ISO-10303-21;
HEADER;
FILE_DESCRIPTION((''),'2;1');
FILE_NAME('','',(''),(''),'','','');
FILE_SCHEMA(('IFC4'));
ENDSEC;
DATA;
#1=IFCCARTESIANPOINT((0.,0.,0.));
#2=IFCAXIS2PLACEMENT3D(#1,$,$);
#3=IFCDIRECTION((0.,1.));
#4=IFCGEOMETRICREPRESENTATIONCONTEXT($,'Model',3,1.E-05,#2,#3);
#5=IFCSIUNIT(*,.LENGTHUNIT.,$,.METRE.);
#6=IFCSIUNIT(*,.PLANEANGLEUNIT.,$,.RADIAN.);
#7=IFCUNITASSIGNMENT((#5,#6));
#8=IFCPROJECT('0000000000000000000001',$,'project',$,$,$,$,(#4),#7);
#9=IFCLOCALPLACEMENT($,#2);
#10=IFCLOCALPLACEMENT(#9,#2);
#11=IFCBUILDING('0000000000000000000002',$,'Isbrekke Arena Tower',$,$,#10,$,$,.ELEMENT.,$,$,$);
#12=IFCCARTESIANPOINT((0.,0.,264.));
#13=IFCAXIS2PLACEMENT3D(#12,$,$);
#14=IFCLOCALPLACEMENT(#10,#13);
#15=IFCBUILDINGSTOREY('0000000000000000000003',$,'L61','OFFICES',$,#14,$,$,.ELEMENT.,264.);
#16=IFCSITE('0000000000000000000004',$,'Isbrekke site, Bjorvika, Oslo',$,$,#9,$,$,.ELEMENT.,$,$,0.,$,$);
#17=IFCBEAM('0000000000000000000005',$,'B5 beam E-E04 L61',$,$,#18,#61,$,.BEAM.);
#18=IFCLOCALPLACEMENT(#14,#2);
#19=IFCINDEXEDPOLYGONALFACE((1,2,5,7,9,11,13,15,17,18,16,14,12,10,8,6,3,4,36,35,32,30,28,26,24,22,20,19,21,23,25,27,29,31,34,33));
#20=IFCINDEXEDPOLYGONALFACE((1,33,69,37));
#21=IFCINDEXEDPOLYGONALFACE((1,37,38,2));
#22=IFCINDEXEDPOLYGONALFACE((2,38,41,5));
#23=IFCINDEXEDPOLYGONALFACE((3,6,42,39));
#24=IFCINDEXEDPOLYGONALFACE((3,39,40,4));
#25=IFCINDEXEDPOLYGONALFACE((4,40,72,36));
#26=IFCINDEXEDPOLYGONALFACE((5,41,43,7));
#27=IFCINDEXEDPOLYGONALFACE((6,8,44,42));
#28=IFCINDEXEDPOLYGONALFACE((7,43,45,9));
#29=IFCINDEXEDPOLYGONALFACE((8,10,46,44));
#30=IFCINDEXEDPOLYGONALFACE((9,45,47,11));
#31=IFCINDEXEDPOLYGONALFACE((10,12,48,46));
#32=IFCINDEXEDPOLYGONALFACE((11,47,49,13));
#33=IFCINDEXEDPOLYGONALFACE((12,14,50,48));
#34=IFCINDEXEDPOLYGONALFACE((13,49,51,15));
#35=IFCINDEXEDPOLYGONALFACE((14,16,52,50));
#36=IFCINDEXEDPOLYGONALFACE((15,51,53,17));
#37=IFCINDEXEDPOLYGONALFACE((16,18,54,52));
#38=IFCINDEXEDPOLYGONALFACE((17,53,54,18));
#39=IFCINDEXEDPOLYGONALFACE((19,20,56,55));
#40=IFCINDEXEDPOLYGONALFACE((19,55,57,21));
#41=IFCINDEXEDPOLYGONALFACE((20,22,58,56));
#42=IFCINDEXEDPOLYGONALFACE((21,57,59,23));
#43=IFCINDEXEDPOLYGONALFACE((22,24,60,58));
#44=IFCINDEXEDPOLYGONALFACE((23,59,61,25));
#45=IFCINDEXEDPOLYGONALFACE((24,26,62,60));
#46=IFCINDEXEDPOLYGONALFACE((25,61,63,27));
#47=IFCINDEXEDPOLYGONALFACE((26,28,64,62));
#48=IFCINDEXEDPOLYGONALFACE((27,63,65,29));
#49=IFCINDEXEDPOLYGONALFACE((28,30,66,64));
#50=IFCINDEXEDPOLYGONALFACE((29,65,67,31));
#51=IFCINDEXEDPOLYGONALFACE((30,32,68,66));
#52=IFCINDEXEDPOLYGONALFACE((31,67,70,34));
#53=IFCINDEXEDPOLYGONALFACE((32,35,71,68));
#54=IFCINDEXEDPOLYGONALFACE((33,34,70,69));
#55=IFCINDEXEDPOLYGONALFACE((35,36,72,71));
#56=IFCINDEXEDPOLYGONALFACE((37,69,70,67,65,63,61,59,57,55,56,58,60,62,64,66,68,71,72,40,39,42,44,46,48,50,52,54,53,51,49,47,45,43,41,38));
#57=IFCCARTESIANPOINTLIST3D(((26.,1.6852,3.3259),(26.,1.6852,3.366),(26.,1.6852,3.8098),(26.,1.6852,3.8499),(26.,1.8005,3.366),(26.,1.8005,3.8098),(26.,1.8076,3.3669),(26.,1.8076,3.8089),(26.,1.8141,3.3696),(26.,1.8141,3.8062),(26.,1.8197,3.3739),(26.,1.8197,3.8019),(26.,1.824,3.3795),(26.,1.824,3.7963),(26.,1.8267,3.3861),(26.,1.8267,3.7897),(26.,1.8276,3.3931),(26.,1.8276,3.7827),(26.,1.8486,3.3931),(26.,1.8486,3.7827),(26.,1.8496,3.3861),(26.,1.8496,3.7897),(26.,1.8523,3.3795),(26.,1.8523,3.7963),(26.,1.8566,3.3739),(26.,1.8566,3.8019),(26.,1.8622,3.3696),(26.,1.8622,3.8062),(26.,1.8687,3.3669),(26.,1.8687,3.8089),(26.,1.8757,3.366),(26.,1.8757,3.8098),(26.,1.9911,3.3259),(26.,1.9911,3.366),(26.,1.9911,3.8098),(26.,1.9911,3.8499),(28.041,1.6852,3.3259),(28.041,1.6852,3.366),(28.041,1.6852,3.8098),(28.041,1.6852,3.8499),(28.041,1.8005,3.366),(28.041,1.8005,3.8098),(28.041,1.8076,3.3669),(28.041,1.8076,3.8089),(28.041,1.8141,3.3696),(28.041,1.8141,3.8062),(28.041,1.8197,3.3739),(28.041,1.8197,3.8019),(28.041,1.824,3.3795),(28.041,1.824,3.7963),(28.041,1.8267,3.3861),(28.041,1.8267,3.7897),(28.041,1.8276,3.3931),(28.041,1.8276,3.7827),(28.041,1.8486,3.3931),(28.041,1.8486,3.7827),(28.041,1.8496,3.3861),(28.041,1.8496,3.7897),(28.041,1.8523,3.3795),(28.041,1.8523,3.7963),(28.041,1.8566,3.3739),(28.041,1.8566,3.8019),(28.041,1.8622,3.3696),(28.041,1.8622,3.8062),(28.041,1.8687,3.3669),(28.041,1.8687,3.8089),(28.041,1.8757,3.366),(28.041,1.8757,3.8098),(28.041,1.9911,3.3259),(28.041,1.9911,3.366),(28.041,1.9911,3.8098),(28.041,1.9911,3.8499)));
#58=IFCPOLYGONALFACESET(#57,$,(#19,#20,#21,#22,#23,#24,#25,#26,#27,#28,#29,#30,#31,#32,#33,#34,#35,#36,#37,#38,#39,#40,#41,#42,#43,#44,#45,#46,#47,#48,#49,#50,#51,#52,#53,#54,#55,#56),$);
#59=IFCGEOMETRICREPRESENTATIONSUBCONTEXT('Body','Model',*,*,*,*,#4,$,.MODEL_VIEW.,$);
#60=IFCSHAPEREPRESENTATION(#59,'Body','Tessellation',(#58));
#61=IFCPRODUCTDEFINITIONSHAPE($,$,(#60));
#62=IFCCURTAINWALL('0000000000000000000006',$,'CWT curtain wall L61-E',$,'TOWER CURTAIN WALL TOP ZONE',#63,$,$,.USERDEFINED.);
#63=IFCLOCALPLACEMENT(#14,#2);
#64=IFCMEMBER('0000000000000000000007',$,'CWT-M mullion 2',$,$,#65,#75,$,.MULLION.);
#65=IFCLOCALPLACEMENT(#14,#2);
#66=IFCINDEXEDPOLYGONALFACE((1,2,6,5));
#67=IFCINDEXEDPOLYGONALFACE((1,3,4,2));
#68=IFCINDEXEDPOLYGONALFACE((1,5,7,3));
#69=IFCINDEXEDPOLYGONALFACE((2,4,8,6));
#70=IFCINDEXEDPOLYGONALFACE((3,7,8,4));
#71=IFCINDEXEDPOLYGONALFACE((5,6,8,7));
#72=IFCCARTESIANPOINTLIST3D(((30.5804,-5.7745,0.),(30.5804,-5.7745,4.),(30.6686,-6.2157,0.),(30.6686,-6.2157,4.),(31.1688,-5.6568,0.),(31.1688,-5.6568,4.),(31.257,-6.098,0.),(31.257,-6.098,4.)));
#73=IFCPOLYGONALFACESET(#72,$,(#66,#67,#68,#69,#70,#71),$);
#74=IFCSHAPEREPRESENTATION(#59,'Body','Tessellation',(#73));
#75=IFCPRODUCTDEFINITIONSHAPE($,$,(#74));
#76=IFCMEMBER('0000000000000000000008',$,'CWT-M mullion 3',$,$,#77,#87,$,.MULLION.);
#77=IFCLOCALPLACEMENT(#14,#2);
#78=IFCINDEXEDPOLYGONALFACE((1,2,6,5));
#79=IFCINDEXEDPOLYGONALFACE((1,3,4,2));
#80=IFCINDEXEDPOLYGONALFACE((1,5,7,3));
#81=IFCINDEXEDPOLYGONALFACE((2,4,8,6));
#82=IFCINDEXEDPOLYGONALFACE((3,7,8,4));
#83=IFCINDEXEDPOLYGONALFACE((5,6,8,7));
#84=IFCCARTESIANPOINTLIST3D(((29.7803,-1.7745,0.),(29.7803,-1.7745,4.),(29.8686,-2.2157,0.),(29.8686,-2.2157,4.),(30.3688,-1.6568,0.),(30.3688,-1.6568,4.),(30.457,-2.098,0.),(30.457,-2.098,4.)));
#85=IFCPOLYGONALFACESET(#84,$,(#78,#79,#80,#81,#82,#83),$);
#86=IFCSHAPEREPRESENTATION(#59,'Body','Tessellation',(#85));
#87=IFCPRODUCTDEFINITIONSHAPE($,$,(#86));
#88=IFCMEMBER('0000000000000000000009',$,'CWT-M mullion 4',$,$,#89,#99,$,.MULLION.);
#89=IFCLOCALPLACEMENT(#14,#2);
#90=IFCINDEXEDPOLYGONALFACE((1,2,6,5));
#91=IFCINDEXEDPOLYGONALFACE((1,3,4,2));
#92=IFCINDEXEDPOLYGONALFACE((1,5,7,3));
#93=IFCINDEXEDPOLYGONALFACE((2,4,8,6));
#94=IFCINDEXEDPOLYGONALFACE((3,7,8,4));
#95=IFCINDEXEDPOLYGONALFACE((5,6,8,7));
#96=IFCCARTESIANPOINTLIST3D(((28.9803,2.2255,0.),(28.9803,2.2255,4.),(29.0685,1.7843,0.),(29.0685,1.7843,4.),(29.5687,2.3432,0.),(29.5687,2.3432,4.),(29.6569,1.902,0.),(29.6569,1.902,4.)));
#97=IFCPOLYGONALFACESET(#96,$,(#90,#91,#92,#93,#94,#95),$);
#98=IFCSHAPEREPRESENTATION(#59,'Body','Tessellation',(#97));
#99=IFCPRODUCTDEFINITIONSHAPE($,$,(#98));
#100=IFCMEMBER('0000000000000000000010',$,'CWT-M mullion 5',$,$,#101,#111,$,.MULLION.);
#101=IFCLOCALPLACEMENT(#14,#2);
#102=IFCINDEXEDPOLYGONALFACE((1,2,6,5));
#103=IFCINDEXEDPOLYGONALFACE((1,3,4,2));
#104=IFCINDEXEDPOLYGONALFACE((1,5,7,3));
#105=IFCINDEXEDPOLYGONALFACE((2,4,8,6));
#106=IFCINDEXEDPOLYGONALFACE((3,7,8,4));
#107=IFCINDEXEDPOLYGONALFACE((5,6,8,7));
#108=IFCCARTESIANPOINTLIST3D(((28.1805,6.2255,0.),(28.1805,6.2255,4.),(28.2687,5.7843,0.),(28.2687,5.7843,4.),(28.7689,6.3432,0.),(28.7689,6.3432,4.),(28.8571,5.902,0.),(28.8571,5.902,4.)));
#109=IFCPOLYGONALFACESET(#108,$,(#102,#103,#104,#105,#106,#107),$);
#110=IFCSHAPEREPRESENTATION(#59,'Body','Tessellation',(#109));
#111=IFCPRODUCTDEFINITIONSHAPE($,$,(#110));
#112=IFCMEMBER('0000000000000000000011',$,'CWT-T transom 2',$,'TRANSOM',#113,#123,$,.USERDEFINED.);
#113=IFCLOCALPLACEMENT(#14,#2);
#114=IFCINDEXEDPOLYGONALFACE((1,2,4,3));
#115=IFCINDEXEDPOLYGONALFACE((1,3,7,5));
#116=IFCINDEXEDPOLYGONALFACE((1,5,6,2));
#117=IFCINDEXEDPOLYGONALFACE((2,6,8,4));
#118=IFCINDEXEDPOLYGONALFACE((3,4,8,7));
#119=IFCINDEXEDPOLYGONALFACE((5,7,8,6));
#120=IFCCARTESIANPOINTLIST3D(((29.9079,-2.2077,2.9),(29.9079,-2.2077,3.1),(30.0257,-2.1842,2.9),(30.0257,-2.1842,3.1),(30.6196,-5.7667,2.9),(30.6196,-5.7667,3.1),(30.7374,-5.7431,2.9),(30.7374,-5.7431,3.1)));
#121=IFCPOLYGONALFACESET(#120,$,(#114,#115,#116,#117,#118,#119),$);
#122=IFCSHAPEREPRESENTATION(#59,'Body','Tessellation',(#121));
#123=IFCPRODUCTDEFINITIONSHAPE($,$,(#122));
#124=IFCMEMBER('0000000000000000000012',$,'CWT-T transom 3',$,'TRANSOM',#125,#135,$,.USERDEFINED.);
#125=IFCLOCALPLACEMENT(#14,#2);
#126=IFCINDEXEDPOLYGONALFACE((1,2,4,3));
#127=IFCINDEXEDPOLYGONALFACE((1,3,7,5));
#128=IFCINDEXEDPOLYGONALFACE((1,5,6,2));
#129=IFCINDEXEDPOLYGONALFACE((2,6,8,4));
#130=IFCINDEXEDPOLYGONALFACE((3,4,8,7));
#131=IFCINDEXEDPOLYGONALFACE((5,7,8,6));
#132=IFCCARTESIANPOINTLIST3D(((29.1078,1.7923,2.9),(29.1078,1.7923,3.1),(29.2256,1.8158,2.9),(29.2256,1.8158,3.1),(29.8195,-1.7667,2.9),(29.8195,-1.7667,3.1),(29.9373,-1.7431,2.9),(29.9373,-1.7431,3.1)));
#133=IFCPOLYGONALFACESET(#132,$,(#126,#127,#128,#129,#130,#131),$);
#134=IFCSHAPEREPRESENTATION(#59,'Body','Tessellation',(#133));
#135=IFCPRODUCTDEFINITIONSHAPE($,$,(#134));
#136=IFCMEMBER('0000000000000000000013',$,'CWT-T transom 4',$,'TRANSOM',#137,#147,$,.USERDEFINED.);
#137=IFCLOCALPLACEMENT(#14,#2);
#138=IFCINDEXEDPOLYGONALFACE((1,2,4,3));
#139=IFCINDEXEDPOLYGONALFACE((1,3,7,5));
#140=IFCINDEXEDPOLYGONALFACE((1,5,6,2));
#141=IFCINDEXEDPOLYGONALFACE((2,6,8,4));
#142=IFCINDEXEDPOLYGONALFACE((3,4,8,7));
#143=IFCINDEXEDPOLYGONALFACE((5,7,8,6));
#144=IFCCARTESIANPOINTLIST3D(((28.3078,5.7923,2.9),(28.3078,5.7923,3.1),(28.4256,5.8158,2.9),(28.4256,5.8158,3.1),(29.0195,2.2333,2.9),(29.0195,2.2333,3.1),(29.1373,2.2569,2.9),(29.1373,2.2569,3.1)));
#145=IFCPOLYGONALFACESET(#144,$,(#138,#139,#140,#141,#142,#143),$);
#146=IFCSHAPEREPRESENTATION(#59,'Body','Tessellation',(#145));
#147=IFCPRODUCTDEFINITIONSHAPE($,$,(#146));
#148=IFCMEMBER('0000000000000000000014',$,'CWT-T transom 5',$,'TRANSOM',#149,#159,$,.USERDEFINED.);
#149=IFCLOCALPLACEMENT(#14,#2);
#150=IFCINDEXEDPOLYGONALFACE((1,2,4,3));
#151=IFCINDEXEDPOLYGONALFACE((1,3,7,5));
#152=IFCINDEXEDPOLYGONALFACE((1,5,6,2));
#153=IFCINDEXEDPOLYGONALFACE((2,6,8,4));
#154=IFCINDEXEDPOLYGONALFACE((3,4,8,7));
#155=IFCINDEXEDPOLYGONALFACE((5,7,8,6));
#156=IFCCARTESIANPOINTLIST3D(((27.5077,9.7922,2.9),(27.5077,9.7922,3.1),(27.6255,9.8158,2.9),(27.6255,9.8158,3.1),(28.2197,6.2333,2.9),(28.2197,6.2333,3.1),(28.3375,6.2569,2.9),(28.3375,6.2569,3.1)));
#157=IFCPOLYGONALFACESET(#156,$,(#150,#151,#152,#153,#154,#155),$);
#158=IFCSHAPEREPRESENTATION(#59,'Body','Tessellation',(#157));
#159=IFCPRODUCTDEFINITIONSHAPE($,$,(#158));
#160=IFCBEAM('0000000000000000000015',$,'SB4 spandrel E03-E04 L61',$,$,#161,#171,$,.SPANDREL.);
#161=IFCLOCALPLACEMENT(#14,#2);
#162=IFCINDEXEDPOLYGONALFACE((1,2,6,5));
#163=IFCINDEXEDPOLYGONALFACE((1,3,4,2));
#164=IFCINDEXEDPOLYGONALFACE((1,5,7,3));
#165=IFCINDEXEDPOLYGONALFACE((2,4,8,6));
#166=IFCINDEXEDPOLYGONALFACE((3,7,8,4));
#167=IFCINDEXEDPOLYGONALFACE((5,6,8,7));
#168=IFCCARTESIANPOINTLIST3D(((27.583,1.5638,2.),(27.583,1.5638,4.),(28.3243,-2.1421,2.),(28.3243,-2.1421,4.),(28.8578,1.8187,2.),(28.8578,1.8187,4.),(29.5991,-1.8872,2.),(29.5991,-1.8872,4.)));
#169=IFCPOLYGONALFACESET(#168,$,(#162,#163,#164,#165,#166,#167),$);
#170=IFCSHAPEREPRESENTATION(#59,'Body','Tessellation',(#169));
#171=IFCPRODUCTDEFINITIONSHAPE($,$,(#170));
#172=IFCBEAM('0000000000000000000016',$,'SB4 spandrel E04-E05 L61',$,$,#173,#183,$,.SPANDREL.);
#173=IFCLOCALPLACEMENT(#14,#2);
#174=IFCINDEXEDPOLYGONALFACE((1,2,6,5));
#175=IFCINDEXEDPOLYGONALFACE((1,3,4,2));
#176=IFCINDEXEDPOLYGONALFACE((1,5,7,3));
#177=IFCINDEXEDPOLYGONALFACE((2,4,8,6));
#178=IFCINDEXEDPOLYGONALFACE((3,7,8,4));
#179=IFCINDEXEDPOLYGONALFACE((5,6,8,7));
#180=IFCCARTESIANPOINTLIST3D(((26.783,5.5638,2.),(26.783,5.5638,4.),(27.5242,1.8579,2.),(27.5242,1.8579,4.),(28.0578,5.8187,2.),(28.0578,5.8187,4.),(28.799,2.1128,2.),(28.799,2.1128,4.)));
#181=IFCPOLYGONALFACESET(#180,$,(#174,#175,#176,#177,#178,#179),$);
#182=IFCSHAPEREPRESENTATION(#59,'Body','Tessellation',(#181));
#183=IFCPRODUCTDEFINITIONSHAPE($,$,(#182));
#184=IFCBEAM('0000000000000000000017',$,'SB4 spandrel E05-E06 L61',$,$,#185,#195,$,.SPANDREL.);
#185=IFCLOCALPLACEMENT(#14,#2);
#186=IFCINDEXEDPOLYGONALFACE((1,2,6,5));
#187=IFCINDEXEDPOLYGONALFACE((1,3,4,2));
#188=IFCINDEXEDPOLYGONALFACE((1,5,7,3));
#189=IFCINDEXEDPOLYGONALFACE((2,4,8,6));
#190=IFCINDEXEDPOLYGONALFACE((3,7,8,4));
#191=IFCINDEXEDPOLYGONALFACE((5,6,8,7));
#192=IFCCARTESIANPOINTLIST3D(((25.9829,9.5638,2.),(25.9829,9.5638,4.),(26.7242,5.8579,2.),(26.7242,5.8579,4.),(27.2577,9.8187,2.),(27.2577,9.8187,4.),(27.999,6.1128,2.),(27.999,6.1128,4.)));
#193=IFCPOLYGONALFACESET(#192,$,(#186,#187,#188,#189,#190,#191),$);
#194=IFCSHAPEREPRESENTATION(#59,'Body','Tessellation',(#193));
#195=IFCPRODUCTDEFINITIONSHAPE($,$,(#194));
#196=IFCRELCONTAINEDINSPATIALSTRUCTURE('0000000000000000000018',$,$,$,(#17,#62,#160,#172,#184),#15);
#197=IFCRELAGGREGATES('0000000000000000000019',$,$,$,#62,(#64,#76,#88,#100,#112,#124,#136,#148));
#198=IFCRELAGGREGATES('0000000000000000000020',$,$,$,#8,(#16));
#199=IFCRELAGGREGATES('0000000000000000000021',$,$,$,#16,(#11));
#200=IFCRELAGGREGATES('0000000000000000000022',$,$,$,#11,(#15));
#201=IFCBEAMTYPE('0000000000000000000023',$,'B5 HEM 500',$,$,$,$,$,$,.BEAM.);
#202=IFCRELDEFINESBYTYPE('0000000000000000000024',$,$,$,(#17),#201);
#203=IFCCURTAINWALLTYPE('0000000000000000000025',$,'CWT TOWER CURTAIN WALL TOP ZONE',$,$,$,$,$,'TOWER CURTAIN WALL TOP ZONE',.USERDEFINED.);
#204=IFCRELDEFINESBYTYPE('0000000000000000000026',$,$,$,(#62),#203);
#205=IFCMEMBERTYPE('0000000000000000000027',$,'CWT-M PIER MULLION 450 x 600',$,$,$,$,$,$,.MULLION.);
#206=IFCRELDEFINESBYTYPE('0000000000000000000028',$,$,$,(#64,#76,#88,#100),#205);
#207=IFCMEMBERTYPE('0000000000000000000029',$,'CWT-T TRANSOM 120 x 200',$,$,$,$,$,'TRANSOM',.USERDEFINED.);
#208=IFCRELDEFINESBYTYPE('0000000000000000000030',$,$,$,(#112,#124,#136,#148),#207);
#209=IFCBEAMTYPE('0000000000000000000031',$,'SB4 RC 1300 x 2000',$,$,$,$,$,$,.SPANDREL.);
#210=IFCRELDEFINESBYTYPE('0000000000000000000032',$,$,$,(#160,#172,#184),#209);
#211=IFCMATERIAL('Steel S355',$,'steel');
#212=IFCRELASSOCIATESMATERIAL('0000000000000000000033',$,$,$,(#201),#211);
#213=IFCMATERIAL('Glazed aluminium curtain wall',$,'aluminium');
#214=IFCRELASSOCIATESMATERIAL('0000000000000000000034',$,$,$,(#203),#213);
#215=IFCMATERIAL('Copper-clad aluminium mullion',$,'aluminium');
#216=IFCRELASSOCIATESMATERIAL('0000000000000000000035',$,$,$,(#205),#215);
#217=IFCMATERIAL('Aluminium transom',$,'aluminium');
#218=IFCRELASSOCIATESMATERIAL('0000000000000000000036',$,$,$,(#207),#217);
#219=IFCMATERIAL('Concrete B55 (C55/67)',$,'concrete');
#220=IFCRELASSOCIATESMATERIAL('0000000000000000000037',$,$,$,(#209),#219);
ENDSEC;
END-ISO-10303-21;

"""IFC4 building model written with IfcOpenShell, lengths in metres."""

from ifc_helpers import new_model, si_unit, direction, frame, origin, origin_2d, place, context, subcontext, project, spatial, rectangle, i_section, extrude, material, material_profile, profile_set, type_object, element, aggregate, save


model = new_model("IFC4")

# Units and contexts
model_context = context("Model", 3, precision=1e-05, world=origin(), true_north=direction((0.0, 1.0)))
body_context = subcontext(model_context, "Body", "Model", "MODEL_VIEW")
ifc_project = project(units=[si_unit("LENGTHUNIT", "METRE"), si_unit("PLANEANGLEUNIT", "RADIAN")], contexts=[model_context])

# Site, building, storey
site_placement = place(None, origin())
site = spatial("IfcSite", under=ifc_project, at=site_placement, Name="Isbrekke site, Bjorvika, Oslo", CompositionType="ELEMENT", RefElevation=0.0)
building_placement = place(site_placement, origin())
building = spatial("IfcBuilding", under=site, at=building_placement, Name="Isbrekke Arena Tower", CompositionType="ELEMENT")
storey_placement = place(building_placement, frame((0.0, 0.0, 264.0)))
storey = spatial("IfcBuildingStorey", under=building, at=storey_placement, Name="L61", Description="OFFICES", CompositionType="ELEMENT", Elevation=264.0)

# Beam
ifc_material_1 = material(Name="Steel S355", Category="steel")
ifc_material_profile_1 = material_profile(ifc_material_1, i_section(OverallWidth=0.3059, OverallDepth=0.5239, WebThickness=0.021, FlangeThickness=0.04, FilletRadius=0.0271, at=origin_2d()), Name="HEM 500")
ifc_profile_set_1 = profile_set([ifc_material_profile_1], Name="Steel S355")
beam_type_1 = type_object("IfcBeamType", Name="B5 HEM 500", PredefinedType="BEAM", material=ifc_profile_set_1)
beam_1_placement = place(storey_placement, frame((28.041, 1.8381, 3.5879), z_axis=(-1.0, 0.0, 0.0), x_axis=(0.0, -1.0, 0.0)))
element("IfcBeam", 1, at=beam_1_placement, inside=storey, type_object=beam_type_1, Name="B5 beam E-E04 L61", PredefinedType="BEAM", context=body_context, shape_type="SweptSolid", body=[
    extrude(i_section(OverallWidth=0.3059, OverallDepth=0.5239, WebThickness=0.021, FlangeThickness=0.04, FilletRadius=0.0271, at=origin_2d()), origin(), (0.0, 0.0, 1.0), 2.041),
])

# Curtain wall, members
ifc_material_2 = material(Name="Glazed aluminium curtain wall", Category="aluminium")
curtain_wall_type = type_object("IfcCurtainWallType", Name="CWT TOWER CURTAIN WALL TOP ZONE", ElementType="TOWER CURTAIN WALL TOP ZONE", PredefinedType="USERDEFINED", material=ifc_material_2)
curtain_wall_placement = place(storey_placement, origin())
curtain_wall = element("IfcCurtainWall", 2, at=curtain_wall_placement, inside=storey, type_object=curtain_wall_type, Name="CWT curtain wall L61-E", ObjectType="TOWER CURTAIN WALL TOP ZONE", PredefinedType="USERDEFINED")
ifc_material_3 = material(Name="Copper-clad aluminium mullion", Category="aluminium")
ifc_material_profile_2 = material_profile(ifc_material_3, rectangle(XDim=0.45, YDim=0.6001, at=origin_2d()), Name="PIER 450X600")
ifc_profile_set_2 = profile_set([ifc_material_profile_2], Name="Copper-clad aluminium mullion")
member_type_1 = type_object("IfcMemberType", Name="CWT-M PIER MULLION 450 x 600", PredefinedType="MULLION", material=ifc_profile_set_2)
member_1_placement = place(storey_placement, frame((30.9187, -5.9363, 0.0), z_axis=(0.0, 0.0, 1.0), x_axis=(-0.196116, 0.980581, 0.0)))
member_1 = element("IfcMember", 3, at=member_1_placement, type_object=member_type_1, Name="CWT-M mullion 2", PredefinedType="MULLION", context=body_context, shape_type="SweptSolid", body=[
    extrude(rectangle(XDim=0.45, YDim=0.6001, at=origin_2d()), origin(), (0.0, 0.0, 1.0), 4.0),
])
member_2_placement = place(storey_placement, frame((30.1187, -1.9363, 0.0), z_axis=(0.0, 0.0, 1.0), x_axis=(-0.196116, 0.980581, 0.0)))
member_2 = element("IfcMember", 4, at=member_2_placement, type_object=member_type_1, Name="CWT-M mullion 3", PredefinedType="MULLION", context=body_context, shape_type="SweptSolid", body=[
    extrude(rectangle(XDim=0.45, YDim=0.6001, at=origin_2d()), origin(), (0.0, 0.0, 1.0), 4.0),
])
member_3_placement = place(storey_placement, frame((29.3186, 2.0637, 0.0), z_axis=(0.0, 0.0, 1.0), x_axis=(-0.196116, 0.980581, 0.0)))
member_3 = element("IfcMember", 5, at=member_3_placement, type_object=member_type_1, Name="CWT-M mullion 4", PredefinedType="MULLION", context=body_context, shape_type="SweptSolid", body=[
    extrude(rectangle(XDim=0.45, YDim=0.6001, at=origin_2d()), origin(), (0.0, 0.0, 1.0), 4.0),
])
member_4_placement = place(storey_placement, frame((28.5188, 6.0637, 0.0), z_axis=(0.0, 0.0, 1.0), x_axis=(-0.196116, 0.980581, 0.0)))
member_4 = element("IfcMember", 6, at=member_4_placement, type_object=member_type_1, Name="CWT-M mullion 5", PredefinedType="MULLION", context=body_context, shape_type="SweptSolid", body=[
    extrude(rectangle(XDim=0.45, YDim=0.6001, at=origin_2d()), origin(), (0.0, 0.0, 1.0), 4.0),
])
ifc_material_4 = material(Name="Aluminium transom", Category="aluminium")
ifc_material_profile_3 = material_profile(ifc_material_4, rectangle(XDim=0.1201, YDim=0.2, at=origin_2d()), Name="TRANSOM 120X200")
ifc_profile_set_3 = profile_set([ifc_material_profile_3], Name="Aluminium transom")
member_type_2 = type_object("IfcMemberType", Name="CWT-T TRANSOM 120 x 200", ElementType="TRANSOM", PredefinedType="USERDEFINED", material=ifc_profile_set_3)
member_5_placement = place(storey_placement, frame((30.6785, -5.7549, 3.0), z_axis=(-0.19609, 0.980586, 0.0), x_axis=(-0.980586, -0.19609, 0.0)))
member_5 = element("IfcMember", 7, at=member_5_placement, type_object=member_type_2, Name="CWT-T transom 2", ObjectType="TRANSOM", PredefinedType="USERDEFINED", context=body_context, shape_type="SweptSolid", body=[
    extrude(rectangle(XDim=0.1201, YDim=0.2, at=origin_2d()), origin(), (0.0, 0.0, 1.0), 3.6294),
])
member_6_placement = place(storey_placement, frame((29.8784, -1.7549, 3.0), z_axis=(-0.19609, 0.980586, 0.0), x_axis=(-0.980586, -0.19609, 0.0)))
member_6 = element("IfcMember", 8, at=member_6_placement, type_object=member_type_2, Name="CWT-T transom 3", ObjectType="TRANSOM", PredefinedType="USERDEFINED", context=body_context, shape_type="SweptSolid", body=[
    extrude(rectangle(XDim=0.1201, YDim=0.2, at=origin_2d()), origin(), (0.0, 0.0, 1.0), 3.6294),
])
member_7_placement = place(storey_placement, frame((29.0784, 2.2451, 3.0), z_axis=(-0.19609, 0.980586, 0.0), x_axis=(-0.980586, -0.19609, 0.0)))
member_7 = element("IfcMember", 9, at=member_7_placement, type_object=member_type_2, Name="CWT-T transom 4", ObjectType="TRANSOM", PredefinedType="USERDEFINED", context=body_context, shape_type="SweptSolid", body=[
    extrude(rectangle(XDim=0.1201, YDim=0.2, at=origin_2d()), origin(), (0.0, 0.0, 1.0), 3.6294),
])
member_8_placement = place(storey_placement, frame((28.2786, 6.2451, 3.0), z_axis=(-0.196155, 0.980573, 0.0), x_axis=(-0.980573, -0.196155, 0.0)))
member_8 = element("IfcMember", 10, at=member_8_placement, type_object=member_type_2, Name="CWT-T transom 5", ObjectType="TRANSOM", PredefinedType="USERDEFINED", context=body_context, shape_type="SweptSolid", body=[
    extrude(rectangle(XDim=0.1201, YDim=0.2, at=origin_2d()), origin(), (0.0, 0.0, 1.0), 3.6294),
])

# Beams
ifc_material_5 = material(Name="Concrete B55 (C55/67)", Category="concrete")
ifc_material_profile_4 = material_profile(ifc_material_5, rectangle(XDim=1.3, YDim=2.0, at=origin_2d()), Name="RC 1300x2000")
ifc_profile_set_4 = profile_set([ifc_material_profile_4], Name="Concrete B55 (C55/67)")
beam_type_2 = type_object("IfcBeamType", Name="SB4 RC 1300 x 2000", PredefinedType="SPANDREL", material=ifc_profile_set_4)
for number, where, z_axis, x_axis, name in (
    (11, (28.9617, -2.0146, 3.0), (-0.196129, 0.980578, 0.0), (-0.980578, -0.196129, 0.0), "SB4 spandrel E03-E04 L61"),
    (12, (28.1616, 1.9854, 3.0), (-0.196129, 0.980578, 0.0), (-0.980578, -0.196129, 0.0), "SB4 spandrel E04-E05 L61"),
    (13, (27.3616, 5.9854, 3.0), (-0.196129, 0.980578, 0.0), (-0.980578, -0.196129, 0.0), "SB4 spandrel E05-E06 L61"),
):
    element("IfcBeam", number, at=place(storey_placement, frame(where, z_axis=z_axis, x_axis=x_axis)), inside=storey, type_object=beam_type_2, Name=name, PredefinedType="SPANDREL", context=body_context, shape_type="SweptSolid", body=[
        extrude(rectangle(XDim=1.3, YDim=2.0, at=origin_2d()), origin(), (0.0, 0.0, 1.0), 3.7793),
    ])

aggregate(curtain_wall, [member_1, member_2, member_3, member_4, member_5, member_6, member_7, member_8])

save(model, "model.ifc")
